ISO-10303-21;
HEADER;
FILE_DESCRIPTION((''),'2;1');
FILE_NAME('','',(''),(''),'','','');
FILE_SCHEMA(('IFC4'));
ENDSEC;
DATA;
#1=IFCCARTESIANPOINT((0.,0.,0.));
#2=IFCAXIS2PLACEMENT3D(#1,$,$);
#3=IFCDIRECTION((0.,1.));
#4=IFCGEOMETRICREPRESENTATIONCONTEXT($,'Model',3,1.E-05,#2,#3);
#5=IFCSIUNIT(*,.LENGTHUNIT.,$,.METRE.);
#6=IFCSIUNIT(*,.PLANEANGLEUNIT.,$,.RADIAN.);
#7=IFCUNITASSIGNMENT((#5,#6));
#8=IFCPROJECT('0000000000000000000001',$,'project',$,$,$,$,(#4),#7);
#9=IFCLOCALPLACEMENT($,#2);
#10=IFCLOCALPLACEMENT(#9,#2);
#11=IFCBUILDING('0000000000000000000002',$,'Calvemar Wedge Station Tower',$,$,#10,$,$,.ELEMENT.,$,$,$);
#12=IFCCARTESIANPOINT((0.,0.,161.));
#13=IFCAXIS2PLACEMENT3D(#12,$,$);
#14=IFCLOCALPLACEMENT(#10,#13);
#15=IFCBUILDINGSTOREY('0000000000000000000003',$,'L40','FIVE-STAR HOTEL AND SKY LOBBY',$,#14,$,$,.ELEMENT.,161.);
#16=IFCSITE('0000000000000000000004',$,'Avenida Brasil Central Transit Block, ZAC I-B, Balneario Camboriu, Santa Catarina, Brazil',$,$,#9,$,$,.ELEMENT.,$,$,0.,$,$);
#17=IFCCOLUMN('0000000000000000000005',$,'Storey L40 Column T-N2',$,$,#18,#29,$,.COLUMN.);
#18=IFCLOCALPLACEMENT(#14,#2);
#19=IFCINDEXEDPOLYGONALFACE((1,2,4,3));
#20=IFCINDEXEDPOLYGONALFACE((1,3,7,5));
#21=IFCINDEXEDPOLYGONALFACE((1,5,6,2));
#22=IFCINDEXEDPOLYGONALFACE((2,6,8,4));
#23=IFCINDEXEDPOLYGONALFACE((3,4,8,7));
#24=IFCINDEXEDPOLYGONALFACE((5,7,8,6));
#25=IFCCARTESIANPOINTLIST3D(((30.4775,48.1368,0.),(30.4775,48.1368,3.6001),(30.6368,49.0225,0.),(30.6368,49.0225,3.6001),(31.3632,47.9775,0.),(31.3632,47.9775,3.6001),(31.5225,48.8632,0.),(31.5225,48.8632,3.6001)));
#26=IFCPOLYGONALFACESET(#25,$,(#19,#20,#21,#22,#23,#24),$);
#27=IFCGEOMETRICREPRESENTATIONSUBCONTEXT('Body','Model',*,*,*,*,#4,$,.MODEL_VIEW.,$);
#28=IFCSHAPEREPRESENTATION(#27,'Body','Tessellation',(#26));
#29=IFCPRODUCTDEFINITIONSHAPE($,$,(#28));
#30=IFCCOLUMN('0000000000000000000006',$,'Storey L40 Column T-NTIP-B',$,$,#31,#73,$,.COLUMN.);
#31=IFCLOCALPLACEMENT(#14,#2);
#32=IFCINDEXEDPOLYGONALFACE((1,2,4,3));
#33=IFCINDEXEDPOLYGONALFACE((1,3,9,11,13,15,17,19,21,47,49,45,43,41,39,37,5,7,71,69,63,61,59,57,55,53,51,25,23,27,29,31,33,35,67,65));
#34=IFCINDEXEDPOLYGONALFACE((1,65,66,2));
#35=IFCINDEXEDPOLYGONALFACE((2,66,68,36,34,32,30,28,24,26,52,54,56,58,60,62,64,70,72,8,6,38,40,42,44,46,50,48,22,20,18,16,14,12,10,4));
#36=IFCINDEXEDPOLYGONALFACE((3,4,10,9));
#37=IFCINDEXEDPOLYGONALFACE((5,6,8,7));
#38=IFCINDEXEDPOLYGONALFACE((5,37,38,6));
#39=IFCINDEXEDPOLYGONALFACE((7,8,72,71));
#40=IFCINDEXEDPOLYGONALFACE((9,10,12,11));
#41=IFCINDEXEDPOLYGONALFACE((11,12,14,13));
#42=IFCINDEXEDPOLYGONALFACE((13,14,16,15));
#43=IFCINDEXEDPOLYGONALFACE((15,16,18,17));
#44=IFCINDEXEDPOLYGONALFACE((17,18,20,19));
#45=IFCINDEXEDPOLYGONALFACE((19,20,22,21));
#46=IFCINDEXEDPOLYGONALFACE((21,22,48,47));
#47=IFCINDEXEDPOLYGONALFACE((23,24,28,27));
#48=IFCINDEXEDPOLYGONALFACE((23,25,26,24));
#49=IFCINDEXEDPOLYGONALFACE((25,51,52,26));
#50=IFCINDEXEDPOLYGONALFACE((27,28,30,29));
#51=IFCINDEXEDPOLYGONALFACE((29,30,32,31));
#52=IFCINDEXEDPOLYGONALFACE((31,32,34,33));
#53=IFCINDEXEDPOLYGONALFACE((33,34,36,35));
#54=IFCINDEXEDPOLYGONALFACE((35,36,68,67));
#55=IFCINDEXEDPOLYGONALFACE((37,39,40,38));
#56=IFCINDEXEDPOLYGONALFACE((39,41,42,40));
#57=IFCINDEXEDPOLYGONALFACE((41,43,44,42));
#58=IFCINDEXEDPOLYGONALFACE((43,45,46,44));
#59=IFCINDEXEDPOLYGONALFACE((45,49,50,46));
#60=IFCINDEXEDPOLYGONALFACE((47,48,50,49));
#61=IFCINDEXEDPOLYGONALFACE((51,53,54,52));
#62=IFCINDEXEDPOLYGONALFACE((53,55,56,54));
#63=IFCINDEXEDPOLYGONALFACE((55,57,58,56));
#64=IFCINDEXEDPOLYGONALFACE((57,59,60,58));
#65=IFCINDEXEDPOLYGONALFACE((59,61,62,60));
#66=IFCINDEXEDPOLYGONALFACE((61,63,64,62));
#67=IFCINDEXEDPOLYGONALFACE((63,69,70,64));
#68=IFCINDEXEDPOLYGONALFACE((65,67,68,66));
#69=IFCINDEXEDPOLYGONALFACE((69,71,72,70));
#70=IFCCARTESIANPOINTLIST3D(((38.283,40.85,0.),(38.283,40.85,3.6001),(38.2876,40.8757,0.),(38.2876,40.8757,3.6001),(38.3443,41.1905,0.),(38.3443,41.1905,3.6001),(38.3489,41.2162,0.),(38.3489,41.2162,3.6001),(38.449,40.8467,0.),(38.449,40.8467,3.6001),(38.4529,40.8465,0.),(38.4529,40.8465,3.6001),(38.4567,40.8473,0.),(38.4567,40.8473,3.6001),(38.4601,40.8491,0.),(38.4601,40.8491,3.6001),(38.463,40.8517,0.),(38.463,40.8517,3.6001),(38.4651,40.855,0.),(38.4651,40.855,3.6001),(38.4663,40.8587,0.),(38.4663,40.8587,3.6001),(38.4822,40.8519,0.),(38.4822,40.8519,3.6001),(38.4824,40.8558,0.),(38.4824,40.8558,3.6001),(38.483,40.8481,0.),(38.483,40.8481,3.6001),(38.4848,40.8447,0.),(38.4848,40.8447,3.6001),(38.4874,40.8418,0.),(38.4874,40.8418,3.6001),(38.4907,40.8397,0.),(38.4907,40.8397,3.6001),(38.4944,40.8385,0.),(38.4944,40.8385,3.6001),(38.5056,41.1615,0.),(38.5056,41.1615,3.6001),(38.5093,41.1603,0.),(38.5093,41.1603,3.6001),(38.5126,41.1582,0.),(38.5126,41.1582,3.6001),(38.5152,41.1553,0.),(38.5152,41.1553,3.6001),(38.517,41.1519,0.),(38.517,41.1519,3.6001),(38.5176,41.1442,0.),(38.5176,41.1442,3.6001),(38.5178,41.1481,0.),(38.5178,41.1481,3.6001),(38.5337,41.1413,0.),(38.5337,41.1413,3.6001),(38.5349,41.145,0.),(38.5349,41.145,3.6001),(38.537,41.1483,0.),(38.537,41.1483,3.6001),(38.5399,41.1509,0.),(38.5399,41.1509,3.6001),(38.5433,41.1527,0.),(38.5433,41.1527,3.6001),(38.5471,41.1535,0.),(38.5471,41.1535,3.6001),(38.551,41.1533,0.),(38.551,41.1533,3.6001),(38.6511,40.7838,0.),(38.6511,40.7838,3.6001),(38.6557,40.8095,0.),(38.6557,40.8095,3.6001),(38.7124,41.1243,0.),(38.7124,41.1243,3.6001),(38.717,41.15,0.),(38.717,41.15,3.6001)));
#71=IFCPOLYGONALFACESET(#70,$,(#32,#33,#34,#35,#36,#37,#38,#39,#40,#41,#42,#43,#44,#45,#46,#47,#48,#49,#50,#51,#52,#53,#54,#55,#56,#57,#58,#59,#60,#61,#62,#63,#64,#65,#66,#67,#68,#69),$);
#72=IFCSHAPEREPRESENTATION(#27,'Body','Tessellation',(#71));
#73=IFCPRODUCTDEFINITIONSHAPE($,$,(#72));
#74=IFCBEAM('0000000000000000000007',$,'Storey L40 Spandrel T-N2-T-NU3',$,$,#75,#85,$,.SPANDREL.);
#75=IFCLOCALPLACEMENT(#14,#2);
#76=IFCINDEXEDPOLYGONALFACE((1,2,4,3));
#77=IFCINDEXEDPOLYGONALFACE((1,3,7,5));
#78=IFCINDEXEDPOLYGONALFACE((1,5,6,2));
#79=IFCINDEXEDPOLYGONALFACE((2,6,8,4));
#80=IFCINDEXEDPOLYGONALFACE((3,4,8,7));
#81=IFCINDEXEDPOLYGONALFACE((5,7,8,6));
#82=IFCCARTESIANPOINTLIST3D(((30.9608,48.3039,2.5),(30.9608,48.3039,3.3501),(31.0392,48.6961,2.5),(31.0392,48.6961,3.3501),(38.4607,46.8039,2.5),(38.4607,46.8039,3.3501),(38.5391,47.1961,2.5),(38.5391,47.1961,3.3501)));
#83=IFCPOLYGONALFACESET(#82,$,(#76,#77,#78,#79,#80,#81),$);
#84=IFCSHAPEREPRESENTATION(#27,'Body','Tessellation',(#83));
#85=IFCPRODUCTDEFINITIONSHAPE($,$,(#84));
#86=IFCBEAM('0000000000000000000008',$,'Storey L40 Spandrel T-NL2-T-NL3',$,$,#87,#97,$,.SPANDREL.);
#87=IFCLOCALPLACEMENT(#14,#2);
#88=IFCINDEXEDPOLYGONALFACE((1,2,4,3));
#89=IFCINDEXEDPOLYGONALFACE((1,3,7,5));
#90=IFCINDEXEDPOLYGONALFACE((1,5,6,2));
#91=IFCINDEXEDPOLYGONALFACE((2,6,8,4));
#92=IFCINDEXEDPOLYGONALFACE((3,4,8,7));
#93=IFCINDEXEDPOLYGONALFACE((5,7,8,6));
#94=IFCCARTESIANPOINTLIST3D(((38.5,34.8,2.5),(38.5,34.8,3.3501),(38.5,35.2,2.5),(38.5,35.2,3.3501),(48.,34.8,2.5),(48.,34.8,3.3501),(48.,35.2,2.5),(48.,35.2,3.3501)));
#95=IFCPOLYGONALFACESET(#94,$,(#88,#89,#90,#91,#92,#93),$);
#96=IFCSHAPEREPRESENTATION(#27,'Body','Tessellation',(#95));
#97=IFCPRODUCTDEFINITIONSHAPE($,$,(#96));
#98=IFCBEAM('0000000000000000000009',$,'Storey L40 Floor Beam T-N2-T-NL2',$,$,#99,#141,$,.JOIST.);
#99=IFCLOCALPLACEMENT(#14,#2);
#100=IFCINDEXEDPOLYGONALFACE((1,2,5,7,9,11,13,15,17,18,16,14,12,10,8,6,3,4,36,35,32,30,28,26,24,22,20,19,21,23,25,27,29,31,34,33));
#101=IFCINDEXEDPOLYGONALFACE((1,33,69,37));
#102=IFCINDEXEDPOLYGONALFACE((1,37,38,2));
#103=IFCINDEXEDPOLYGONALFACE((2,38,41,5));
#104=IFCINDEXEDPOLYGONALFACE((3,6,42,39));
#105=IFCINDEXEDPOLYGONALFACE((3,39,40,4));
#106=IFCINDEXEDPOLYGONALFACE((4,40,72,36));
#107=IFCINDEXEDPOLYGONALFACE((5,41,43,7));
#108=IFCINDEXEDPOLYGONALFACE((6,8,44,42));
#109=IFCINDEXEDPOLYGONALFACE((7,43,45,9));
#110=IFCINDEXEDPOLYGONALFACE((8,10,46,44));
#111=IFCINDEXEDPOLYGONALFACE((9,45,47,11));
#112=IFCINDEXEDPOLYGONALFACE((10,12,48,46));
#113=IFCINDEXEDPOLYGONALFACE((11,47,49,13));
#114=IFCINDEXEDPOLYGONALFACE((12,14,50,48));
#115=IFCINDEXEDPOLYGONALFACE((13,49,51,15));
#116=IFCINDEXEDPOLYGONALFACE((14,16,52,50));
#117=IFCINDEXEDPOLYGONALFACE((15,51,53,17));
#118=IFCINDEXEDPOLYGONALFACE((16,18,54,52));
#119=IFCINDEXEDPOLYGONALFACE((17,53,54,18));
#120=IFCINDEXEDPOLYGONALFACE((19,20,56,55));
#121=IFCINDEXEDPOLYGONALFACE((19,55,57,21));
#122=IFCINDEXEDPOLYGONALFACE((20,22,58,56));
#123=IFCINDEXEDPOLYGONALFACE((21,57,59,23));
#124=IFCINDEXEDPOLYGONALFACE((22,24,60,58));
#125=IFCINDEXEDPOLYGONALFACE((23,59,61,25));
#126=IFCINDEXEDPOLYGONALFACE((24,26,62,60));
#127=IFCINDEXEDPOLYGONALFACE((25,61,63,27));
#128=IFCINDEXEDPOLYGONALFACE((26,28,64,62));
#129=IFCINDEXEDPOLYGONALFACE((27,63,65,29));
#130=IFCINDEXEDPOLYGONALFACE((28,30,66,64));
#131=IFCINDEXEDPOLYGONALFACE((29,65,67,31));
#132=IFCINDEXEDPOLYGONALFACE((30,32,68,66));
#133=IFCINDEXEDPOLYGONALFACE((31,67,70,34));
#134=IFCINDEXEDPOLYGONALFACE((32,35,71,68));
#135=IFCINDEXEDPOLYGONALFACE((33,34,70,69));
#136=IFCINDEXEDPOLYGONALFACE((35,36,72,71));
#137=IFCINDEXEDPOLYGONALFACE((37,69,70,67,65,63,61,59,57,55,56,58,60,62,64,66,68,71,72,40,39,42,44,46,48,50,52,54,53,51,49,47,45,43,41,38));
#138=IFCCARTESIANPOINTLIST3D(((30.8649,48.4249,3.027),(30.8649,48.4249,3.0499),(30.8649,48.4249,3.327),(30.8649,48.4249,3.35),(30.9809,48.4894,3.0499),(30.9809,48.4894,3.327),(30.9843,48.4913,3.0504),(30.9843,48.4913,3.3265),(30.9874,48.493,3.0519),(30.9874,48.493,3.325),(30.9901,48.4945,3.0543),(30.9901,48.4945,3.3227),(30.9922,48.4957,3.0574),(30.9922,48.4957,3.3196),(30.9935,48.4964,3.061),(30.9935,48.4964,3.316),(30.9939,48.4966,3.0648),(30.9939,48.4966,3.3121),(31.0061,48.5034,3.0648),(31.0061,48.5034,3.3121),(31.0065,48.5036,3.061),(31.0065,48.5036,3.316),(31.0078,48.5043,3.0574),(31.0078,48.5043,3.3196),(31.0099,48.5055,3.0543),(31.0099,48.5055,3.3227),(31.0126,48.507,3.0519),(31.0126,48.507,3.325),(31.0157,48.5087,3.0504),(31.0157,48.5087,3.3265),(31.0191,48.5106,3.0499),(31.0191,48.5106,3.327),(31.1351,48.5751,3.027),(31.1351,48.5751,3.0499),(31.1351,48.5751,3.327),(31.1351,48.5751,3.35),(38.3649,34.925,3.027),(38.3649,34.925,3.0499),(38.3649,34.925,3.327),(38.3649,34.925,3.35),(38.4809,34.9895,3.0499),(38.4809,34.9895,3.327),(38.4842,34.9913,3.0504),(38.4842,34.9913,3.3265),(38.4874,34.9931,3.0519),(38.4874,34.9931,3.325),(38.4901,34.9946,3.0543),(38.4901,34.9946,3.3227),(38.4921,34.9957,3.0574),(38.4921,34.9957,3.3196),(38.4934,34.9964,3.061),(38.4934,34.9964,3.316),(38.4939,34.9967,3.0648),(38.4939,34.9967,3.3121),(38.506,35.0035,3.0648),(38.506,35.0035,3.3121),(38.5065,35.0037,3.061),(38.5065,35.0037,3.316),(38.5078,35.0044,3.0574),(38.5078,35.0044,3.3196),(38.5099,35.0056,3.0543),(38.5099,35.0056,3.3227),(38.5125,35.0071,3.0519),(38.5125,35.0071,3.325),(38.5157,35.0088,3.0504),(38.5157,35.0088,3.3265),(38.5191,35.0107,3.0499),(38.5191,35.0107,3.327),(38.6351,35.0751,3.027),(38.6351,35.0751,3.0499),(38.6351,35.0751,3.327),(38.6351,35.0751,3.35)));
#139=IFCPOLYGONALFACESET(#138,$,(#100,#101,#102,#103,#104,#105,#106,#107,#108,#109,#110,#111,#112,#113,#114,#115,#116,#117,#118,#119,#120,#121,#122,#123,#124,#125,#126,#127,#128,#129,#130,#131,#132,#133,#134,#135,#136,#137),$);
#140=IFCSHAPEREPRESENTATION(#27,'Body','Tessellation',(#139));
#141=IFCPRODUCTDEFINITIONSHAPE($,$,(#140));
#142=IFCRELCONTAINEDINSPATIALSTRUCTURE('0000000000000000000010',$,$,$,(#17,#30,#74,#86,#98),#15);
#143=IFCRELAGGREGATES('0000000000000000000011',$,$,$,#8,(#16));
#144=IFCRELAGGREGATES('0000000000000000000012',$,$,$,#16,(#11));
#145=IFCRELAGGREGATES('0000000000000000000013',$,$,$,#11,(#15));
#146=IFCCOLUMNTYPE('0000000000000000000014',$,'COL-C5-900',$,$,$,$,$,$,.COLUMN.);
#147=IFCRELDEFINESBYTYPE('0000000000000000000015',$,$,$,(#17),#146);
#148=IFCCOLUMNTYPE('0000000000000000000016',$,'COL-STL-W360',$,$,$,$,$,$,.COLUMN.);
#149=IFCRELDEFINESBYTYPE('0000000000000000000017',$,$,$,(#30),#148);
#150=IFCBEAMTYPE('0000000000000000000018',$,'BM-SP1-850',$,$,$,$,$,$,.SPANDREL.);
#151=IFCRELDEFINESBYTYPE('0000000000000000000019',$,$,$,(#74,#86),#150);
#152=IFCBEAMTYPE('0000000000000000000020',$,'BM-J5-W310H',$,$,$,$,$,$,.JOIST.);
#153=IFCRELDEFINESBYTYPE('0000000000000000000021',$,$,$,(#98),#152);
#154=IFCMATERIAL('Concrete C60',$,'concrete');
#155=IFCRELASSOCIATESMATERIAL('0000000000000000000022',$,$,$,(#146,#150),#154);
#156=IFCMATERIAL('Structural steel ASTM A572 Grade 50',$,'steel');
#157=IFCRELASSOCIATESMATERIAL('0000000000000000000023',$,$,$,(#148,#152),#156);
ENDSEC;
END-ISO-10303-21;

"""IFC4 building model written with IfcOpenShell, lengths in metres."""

from ifc_helpers import new_model, si_unit, direction, frame, origin, origin_2d, place, context, subcontext, project, spatial, rectangle, i_section, extrude, source, transform, mapped, material, material_profile, profile_set, type_object, element, save


model = new_model("IFC4")

# Units and contexts
model_context = context("Model", 3, precision=1e-05, world=origin(), true_north=direction((0.0, 1.0)))
body_context = subcontext(model_context, "Body", "Model", "MODEL_VIEW")
ifc_project = project(units=[si_unit("LENGTHUNIT", "METRE"), si_unit("PLANEANGLEUNIT", "RADIAN")], contexts=[model_context])

# Site, building, storey
site_placement = place(None, origin())
site = spatial("IfcSite", under=ifc_project, at=site_placement, Name="Avenida Brasil Central Transit Block, ZAC I-B, Balneario Camboriu, Santa Catarina, Brazil", CompositionType="ELEMENT", RefElevation=0.0)
building_placement = place(site_placement, origin())
building = spatial("IfcBuilding", under=site, at=building_placement, Name="Calvemar Wedge Station Tower", CompositionType="ELEMENT")
storey_placement = place(building_placement, frame((0.0, 0.0, 161.0)))
storey = spatial("IfcBuildingStorey", under=building, at=storey_placement, Name="L40", Description="FIVE-STAR HOTEL AND SKY LOBBY", CompositionType="ELEMENT", Elevation=161.0)

# Columns
ifc_material_1 = material(Name="Concrete C60", Category="concrete")
ifc_material_profile_1 = material_profile(ifc_material_1, rectangle(XDim=0.8999, YDim=0.8999, at=origin_2d()), Name="RC900x900")
ifc_profile_set_1 = profile_set([ifc_material_profile_1], Name="Concrete C60")
column_type_1 = type_object("IfcColumnType", Name="COL-C5-900", PredefinedType="COLUMN", material=ifc_profile_set_1)
shared_shape_1 = source(origin(), body_context, "Body", "SweptSolid", [
    extrude(rectangle(XDim=0.8999, YDim=0.8999, at=origin_2d()), origin(), (0.0, 0.0, 1.0), 3.6001),
])
column_1_placement = place(storey_placement, frame((31.0, 48.5, 0.0), z_axis=(0.0, 0.0, 1.0), x_axis=(0.984196, -0.177085, 0.0)))
element("IfcColumn", 1, at=column_1_placement, inside=storey, type_object=column_type_1, Name="Storey L40 Column T-N2", PredefinedType="COLUMN", context=body_context, shape_type="MappedRepresentation", body=[
    mapped(shared_shape_1, transform((0.0, 0.0, 0.0), scale=1.0)),
])
ifc_material_2 = material(Name="Structural steel ASTM A572 Grade 50", Category="steel")
ifc_material_profile_2 = material_profile(ifc_material_2, i_section(OverallWidth=0.374, OverallDepth=0.3721, WebThickness=0.0164, FlangeThickness=0.0261, FilletRadius=0.0149, at=origin_2d()), Name="W360x196")
ifc_profile_set_2 = profile_set([ifc_material_profile_2], Name="Structural steel ASTM A572 Grade 50")
column_type_2 = type_object("IfcColumnType", Name="COL-STL-W360", PredefinedType="COLUMN", material=ifc_profile_set_2)
shared_shape_2 = source(origin(), body_context, "Body", "SweptSolid", [
    extrude(i_section(OverallWidth=0.374, OverallDepth=0.3721, WebThickness=0.0164, FlangeThickness=0.0261, FilletRadius=0.0149, at=origin_2d()), origin(), (0.0, 0.0, 1.0), 3.6001),
])
column_2_placement = place(storey_placement, frame((38.5, 41.0, 0.0), z_axis=(0.0, 0.0, 1.0), x_axis=(0.984196, -0.177085, 0.0)))
element("IfcColumn", 2, at=column_2_placement, inside=storey, type_object=column_type_2, Name="Storey L40 Column T-NTIP-B", PredefinedType="COLUMN", context=body_context, shape_type="MappedRepresentation", body=[
    mapped(shared_shape_2, transform((0.0, 0.0, 0.0), scale=1.0)),
])

# Beams
ifc_material_profile_3 = material_profile(ifc_material_1, rectangle(XDim=0.3999, YDim=0.8501, at=origin_2d()), Name="RC400x850")
ifc_profile_set_3 = profile_set([ifc_material_profile_3], Name="Concrete C60")
beam_type_1 = type_object("IfcBeamType", Name="BM-SP1-850", PredefinedType="SPANDREL", material=ifc_profile_set_3)
shared_shape_3 = source(origin(), body_context, "Body", "SweptSolid", [
    extrude(rectangle(XDim=0.3999, YDim=0.8501, at=origin_2d()), origin(), (0.0, 0.0, 1.0), 7.6484),
])
beam_1_placement = place(storey_placement, frame((31.0, 48.5, 2.925), z_axis=(0.980581, -0.196116, 0.0), x_axis=(0.196116, 0.980581, 0.0)))
element("IfcBeam", 3, at=beam_1_placement, inside=storey, type_object=beam_type_1, Name="Storey L40 Spandrel T-N2-T-NU3", PredefinedType="SPANDREL", context=body_context, shape_type="MappedRepresentation", body=[
    mapped(shared_shape_3, transform((0.0, 0.0, 0.0), scale=1.0)),
])
shared_shape_4 = source(origin(), body_context, "Body", "SweptSolid", [
    extrude(rectangle(XDim=0.3999, YDim=0.8501, at=origin_2d()), origin(), (0.0, 0.0, 1.0), 9.5),
])
beam_2_placement = place(storey_placement, frame((38.5, 35.0, 2.925), z_axis=(1.0, 0.0, 0.0), x_axis=(0.0, 1.0, 0.0)))
element("IfcBeam", 4, at=beam_2_placement, inside=storey, type_object=beam_type_1, Name="Storey L40 Spandrel T-NL2-T-NL3", PredefinedType="SPANDREL", context=body_context, shape_type="MappedRepresentation", body=[
    mapped(shared_shape_4, transform((0.0, 0.0, 0.0), scale=1.0)),
])
ifc_material_profile_4 = material_profile(ifc_material_2, i_section(OverallWidth=0.3091, OverallDepth=0.323, WebThickness=0.0139, FlangeThickness=0.0229, FilletRadius=0.0149, at=origin_2d()), Name="W310x143")
ifc_profile_set_4 = profile_set([ifc_material_profile_4], Name="Structural steel ASTM A572 Grade 50")
beam_type_2 = type_object("IfcBeamType", Name="BM-J5-W310H", PredefinedType="JOIST", material=ifc_profile_set_4)
shared_shape_5 = source(origin(), body_context, "Body", "SweptSolid", [
    extrude(i_section(OverallWidth=0.3091, OverallDepth=0.323, WebThickness=0.0139, FlangeThickness=0.0229, FilletRadius=0.0149, at=origin_2d()), origin(), (0.0, 0.0, 1.0), 15.4434),
])
beam_3_placement = place(storey_placement, frame((31.0, 48.5, 3.1885), z_axis=(0.485643, -0.874157, 0.0), x_axis=(0.874157, 0.485643, 0.0)))
element("IfcBeam", 5, at=beam_3_placement, inside=storey, type_object=beam_type_2, Name="Storey L40 Floor Beam T-N2-T-NL2", PredefinedType="JOIST", context=body_context, shape_type="MappedRepresentation", body=[
    mapped(shared_shape_5, transform((0.0, 0.0, 0.0), scale=1.0)),
])

save(model, "model.ifc")
